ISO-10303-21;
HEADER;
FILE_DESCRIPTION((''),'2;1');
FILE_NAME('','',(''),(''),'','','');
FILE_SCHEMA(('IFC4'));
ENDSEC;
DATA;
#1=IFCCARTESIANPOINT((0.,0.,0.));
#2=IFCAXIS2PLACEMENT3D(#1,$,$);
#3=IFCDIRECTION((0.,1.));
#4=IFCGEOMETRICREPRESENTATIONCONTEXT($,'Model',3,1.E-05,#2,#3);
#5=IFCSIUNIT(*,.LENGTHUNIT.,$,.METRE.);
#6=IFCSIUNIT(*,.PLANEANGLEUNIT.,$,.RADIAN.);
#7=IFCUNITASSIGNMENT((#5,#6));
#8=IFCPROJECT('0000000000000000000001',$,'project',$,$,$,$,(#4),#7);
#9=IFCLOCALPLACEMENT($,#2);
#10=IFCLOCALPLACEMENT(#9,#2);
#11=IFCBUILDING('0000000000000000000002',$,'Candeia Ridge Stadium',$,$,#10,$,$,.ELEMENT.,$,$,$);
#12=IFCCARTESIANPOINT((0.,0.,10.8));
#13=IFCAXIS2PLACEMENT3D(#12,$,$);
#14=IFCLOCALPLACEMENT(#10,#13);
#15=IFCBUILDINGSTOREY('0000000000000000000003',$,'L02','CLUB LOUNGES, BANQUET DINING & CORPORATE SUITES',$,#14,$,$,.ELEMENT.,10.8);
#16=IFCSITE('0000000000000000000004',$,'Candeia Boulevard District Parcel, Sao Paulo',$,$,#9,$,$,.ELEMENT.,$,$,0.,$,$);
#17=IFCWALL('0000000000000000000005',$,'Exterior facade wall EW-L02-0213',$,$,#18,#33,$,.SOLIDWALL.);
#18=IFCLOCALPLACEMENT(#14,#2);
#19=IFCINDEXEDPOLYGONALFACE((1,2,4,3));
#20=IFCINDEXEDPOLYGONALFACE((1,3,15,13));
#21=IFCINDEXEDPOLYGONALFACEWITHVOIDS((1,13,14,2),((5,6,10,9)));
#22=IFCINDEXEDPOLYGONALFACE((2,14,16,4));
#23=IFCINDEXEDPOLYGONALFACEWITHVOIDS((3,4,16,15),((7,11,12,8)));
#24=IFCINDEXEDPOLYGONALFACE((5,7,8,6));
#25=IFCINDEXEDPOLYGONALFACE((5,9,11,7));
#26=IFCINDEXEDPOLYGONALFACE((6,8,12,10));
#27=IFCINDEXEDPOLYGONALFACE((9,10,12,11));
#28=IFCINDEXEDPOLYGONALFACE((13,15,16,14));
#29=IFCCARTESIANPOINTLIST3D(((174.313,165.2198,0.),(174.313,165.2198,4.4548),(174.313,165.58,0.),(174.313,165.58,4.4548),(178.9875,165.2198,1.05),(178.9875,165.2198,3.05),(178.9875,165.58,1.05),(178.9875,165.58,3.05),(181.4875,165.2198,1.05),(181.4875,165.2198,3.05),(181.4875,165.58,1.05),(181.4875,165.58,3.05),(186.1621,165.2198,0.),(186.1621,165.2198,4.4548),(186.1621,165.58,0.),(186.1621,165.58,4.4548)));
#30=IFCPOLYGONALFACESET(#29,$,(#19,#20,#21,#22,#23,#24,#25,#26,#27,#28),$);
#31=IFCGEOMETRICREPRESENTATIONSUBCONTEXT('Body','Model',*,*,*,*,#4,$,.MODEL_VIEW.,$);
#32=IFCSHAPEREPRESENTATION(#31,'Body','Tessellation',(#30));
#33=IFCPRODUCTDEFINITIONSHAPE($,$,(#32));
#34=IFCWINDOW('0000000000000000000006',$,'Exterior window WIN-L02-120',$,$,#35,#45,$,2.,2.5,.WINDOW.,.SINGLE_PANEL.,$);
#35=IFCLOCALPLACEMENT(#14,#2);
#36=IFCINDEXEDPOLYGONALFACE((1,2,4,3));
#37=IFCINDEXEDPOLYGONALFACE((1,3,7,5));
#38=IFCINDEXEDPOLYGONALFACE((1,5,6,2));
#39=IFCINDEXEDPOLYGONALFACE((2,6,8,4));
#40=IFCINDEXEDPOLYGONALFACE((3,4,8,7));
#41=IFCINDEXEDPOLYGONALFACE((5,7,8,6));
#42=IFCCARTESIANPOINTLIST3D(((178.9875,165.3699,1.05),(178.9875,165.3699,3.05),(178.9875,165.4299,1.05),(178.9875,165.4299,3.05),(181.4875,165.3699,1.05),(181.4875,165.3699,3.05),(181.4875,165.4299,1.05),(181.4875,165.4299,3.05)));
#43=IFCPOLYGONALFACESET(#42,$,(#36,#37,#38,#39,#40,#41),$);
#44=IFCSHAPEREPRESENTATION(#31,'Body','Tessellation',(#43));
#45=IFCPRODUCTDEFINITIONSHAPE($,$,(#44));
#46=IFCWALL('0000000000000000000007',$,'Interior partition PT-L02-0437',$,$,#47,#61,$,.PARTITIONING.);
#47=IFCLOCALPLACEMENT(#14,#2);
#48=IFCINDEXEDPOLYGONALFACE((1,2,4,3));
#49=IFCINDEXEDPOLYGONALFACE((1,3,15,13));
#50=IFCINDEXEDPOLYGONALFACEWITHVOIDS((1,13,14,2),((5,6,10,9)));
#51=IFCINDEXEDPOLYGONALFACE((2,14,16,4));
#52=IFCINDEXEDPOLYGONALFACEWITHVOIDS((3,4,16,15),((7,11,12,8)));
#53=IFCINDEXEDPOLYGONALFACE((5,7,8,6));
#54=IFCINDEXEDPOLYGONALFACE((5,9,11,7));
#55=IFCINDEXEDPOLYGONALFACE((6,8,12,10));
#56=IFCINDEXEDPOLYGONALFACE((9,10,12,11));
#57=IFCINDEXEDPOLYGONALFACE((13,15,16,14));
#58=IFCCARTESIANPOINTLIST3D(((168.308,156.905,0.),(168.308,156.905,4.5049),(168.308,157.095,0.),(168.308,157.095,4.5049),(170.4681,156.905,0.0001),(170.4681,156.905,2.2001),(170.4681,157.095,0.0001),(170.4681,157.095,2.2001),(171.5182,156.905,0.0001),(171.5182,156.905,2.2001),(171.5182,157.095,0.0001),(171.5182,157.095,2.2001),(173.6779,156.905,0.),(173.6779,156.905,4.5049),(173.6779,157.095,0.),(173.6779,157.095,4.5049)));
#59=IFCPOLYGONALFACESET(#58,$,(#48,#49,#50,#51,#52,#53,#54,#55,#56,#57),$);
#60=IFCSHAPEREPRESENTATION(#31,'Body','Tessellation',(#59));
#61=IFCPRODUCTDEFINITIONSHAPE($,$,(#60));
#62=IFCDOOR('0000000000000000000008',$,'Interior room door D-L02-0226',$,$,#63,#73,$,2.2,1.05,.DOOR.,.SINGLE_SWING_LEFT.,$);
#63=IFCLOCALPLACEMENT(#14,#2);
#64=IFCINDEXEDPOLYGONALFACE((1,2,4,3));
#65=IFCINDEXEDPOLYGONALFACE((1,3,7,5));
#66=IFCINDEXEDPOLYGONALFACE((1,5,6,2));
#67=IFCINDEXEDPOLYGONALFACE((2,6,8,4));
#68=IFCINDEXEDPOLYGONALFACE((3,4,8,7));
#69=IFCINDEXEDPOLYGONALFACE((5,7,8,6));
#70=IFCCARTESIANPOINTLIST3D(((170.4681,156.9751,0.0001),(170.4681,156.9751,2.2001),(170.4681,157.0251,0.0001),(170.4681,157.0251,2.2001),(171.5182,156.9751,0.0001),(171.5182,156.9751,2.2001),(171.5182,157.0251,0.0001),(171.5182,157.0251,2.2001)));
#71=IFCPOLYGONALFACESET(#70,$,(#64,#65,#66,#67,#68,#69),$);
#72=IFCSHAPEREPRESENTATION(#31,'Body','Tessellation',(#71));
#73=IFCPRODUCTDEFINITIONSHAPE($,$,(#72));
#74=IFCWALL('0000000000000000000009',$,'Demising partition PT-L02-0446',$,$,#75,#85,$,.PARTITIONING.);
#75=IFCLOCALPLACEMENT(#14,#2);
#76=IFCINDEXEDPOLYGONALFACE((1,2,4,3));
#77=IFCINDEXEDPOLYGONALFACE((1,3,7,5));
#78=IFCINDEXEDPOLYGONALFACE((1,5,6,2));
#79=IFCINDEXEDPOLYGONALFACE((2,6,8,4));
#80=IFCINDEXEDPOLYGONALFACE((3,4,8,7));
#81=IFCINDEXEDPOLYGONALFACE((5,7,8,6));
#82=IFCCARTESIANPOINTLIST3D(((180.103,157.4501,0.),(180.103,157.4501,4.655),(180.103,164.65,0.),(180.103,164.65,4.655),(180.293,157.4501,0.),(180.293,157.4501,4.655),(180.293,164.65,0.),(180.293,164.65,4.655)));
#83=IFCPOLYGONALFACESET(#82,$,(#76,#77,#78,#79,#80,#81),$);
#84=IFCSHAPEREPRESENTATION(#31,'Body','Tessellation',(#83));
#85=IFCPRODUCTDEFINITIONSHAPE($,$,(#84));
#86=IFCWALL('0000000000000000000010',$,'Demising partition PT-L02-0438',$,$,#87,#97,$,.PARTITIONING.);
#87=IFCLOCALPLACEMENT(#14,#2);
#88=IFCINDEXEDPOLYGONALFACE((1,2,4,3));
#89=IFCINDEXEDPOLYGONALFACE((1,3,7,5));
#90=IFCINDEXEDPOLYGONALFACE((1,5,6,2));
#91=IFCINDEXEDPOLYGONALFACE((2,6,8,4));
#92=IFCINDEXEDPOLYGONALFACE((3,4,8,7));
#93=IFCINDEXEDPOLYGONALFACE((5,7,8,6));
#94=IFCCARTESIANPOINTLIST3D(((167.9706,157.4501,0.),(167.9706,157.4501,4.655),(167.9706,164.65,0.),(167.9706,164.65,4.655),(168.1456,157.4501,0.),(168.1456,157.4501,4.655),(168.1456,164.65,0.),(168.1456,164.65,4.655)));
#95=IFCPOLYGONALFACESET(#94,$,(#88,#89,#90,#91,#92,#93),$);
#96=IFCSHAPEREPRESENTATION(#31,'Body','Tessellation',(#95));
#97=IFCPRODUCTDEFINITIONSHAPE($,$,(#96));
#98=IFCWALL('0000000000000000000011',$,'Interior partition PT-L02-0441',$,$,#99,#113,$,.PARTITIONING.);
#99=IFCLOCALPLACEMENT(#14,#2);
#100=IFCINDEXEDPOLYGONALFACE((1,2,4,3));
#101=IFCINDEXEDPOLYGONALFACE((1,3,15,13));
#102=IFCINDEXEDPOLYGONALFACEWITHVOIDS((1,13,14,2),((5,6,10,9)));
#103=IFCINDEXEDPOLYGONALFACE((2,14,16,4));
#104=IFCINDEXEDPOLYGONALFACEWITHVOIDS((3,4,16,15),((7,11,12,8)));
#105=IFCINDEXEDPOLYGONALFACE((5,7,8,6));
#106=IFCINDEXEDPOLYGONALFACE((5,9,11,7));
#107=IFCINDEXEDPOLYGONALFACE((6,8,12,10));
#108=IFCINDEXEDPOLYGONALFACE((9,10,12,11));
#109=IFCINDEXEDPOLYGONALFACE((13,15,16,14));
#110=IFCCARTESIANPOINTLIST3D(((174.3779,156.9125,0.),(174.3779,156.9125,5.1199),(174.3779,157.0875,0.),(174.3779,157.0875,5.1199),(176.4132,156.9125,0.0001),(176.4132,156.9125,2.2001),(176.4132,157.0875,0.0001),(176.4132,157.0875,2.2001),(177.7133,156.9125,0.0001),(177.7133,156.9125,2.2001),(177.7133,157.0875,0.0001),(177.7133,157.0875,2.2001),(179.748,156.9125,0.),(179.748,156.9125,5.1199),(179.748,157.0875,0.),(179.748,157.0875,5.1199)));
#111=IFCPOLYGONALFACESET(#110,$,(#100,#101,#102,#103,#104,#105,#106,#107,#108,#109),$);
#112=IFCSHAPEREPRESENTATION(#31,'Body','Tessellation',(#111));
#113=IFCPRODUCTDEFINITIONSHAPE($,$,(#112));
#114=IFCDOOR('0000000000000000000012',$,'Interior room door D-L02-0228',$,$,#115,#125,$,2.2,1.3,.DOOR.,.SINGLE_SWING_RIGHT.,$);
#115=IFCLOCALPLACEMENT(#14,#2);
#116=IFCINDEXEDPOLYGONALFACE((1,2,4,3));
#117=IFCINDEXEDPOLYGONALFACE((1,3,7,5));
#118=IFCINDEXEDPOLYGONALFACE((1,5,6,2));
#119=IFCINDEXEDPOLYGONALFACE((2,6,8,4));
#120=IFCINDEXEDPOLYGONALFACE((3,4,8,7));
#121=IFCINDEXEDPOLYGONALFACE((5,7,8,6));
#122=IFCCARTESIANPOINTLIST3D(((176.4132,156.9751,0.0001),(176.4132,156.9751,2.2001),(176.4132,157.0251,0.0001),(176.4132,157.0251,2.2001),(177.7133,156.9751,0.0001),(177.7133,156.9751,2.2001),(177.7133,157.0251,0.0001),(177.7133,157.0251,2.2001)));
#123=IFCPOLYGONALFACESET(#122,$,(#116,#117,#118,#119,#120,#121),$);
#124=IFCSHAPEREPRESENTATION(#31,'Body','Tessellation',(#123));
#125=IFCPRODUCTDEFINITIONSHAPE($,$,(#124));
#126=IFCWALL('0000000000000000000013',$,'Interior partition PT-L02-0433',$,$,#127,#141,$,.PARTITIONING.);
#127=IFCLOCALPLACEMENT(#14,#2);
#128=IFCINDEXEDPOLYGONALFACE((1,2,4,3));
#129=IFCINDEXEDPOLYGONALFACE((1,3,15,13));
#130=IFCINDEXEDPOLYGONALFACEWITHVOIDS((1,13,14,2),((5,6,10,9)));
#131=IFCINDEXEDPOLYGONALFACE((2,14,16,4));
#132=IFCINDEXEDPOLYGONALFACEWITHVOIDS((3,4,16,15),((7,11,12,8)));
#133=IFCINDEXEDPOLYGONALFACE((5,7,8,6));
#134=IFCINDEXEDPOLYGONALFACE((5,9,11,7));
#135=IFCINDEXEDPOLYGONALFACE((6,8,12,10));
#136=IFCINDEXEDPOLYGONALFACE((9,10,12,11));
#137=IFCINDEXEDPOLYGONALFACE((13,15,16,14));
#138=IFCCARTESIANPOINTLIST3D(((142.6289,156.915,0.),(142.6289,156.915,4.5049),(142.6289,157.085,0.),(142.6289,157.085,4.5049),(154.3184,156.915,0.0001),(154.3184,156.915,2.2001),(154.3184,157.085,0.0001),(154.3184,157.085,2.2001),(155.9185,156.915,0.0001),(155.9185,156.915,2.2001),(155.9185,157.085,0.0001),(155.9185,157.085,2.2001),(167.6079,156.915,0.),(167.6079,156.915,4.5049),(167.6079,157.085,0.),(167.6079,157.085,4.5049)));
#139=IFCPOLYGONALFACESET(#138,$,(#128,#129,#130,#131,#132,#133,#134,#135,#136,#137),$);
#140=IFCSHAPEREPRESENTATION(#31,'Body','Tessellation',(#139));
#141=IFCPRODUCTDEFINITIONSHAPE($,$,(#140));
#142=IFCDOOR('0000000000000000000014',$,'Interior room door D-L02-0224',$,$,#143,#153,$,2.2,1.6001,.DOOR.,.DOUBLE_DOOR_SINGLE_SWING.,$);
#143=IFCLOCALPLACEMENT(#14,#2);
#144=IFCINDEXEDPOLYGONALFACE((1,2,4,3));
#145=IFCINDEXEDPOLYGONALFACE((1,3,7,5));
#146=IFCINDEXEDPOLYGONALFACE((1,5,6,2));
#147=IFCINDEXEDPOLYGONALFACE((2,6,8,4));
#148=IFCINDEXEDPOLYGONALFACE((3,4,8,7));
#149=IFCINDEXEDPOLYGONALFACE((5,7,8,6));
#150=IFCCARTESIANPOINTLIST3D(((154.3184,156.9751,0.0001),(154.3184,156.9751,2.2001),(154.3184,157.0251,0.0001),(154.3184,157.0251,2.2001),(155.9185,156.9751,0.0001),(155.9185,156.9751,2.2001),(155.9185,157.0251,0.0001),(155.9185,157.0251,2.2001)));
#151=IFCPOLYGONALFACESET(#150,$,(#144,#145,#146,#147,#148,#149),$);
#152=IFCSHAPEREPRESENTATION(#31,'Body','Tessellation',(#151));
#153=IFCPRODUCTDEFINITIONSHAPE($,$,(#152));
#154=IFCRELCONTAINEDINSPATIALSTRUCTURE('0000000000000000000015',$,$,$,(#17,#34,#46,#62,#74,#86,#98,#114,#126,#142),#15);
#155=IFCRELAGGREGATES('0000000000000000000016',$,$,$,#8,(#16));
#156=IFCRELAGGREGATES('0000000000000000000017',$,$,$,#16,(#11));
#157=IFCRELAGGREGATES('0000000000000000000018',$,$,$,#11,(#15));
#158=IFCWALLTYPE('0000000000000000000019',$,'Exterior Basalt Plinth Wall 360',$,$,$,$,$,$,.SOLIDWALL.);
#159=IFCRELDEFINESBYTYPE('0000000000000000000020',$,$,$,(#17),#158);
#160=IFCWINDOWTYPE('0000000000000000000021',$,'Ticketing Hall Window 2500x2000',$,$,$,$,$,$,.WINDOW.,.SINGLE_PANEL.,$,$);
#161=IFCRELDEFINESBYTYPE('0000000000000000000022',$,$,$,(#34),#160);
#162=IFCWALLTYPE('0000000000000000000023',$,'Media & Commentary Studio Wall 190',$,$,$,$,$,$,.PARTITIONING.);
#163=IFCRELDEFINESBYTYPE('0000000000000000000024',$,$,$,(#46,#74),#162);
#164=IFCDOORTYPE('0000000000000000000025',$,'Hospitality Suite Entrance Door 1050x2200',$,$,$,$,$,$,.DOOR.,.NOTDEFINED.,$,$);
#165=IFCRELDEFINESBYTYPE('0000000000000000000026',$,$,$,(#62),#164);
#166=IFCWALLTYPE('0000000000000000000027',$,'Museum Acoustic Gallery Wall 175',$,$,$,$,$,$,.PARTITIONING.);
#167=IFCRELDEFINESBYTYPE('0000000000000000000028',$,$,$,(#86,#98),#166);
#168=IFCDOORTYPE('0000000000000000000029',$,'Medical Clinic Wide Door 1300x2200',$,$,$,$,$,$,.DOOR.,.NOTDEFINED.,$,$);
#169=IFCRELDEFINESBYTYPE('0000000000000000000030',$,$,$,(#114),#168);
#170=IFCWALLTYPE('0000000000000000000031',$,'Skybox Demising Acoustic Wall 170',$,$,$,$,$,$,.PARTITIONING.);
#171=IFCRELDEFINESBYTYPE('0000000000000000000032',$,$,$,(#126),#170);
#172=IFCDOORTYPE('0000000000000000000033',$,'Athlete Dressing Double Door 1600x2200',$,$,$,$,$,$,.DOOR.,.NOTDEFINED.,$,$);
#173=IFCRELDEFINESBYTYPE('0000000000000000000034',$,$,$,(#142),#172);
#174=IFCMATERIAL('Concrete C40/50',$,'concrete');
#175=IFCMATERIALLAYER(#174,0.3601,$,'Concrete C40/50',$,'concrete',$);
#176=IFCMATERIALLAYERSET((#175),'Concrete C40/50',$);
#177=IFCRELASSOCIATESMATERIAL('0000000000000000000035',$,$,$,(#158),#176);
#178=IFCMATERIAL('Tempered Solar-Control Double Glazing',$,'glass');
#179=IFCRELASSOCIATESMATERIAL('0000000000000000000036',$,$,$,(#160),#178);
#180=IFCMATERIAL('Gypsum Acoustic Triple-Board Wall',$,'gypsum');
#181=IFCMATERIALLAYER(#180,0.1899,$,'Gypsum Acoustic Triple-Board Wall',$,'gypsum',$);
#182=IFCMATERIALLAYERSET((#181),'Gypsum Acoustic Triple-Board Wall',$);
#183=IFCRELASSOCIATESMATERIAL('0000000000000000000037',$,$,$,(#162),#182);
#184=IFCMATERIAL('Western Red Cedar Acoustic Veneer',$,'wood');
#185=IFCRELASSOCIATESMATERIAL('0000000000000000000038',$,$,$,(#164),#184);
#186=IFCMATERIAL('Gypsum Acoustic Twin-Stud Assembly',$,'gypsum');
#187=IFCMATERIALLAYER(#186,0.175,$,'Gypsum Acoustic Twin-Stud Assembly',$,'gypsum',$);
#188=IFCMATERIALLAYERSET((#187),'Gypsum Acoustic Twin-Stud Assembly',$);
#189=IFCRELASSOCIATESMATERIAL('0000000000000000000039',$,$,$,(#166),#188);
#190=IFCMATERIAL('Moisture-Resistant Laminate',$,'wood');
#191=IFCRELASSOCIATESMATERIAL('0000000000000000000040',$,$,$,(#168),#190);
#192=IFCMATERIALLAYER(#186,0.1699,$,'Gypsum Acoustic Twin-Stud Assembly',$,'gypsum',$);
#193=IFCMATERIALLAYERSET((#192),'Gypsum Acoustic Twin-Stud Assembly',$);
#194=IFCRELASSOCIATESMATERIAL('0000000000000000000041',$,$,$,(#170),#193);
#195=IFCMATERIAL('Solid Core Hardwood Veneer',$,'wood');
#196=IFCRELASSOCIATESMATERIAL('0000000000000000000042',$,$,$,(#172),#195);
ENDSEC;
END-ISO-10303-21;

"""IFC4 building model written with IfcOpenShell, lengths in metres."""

from ifc_helpers import new_model, si_unit, direction, frame, frame_2d, origin, place, context, subcontext, project, spatial, rectangle, extrude, material, layer, layer_set, type_object, element, fill, save


model = new_model("IFC4")

# Units and contexts
model_context = context("Model", 3, precision=1e-05, world=origin(), true_north=direction((0.0, 1.0)))
body_context = subcontext(model_context, "Body", "Model", "MODEL_VIEW")
ifc_project = project(units=[si_unit("LENGTHUNIT", "METRE"), si_unit("PLANEANGLEUNIT", "RADIAN")], contexts=[model_context])

# Site, building, storey
site_placement = place(None, origin())
site = spatial("IfcSite", under=ifc_project, at=site_placement, Name="Candeia Boulevard District Parcel, Sao Paulo", CompositionType="ELEMENT", RefElevation=0.0)
building_placement = place(site_placement, origin())
building = spatial("IfcBuilding", under=site, at=building_placement, Name="Candeia Ridge Stadium", CompositionType="ELEMENT")
storey_placement = place(building_placement, frame((0.0, 0.0, 10.8)))
storey = spatial("IfcBuildingStorey", under=building, at=storey_placement, Name="L02", Description="CLUB LOUNGES, BANQUET DINING & CORPORATE SUITES", CompositionType="ELEMENT", Elevation=10.8)

# Shared definitions
ifc_material_1 = material(Name="Concrete C40/50", Category="concrete")

# Wall, opening, window
ifc_layer_1 = layer(ifc_material_1, 0.3601, Name="Concrete C40/50", Category="concrete")
ifc_layer_set_1 = layer_set([ifc_layer_1], Name="Concrete C40/50")
wall_type_1 = type_object("IfcWallType", Name="Exterior Basalt Plinth Wall 360", PredefinedType="SOLIDWALL", material=ifc_layer_set_1)
wall_1_placement = place(storey_placement, frame((174.313, 165.3999, 0.0), z_axis=(0.0, 0.0, 1.0), x_axis=(1.0, 0.0, 0.0)))
wall_1 = element("IfcWall", 1, at=wall_1_placement, inside=storey, type_object=wall_type_1, Name="Exterior facade wall EW-L02-0213", PredefinedType="SOLIDWALL", context=body_context, shape_type="SweptSolid", body=[
    extrude(rectangle(XDim=11.8491, YDim=0.3601, at=frame_2d((5.9246, 0.0))), origin(), (0.0, 0.0, 1.0), 4.4548),
])
opening_1_placement = place(wall_1_placement, frame((4.6746, 0.0, 1.05)))
opening_1 = element("IfcOpeningElement", 2, at=opening_1_placement, cuts=wall_1, PredefinedType="OPENING", context=body_context, shape_type="SweptSolid", body=[
    extrude(rectangle(XDim=2.5, YDim=2.0, at=frame_2d((1.25, 1.0))), frame((0.0, 0.1899, 0.0), z_axis=(0.0, -1.0, 0.0), x_axis=(1.0, 0.0, 0.0)), (0.0, 0.0, 1.0), 0.3801),
])
ifc_material_2 = material(Name="Tempered Solar-Control Double Glazing", Category="glass")
window_type = type_object("IfcWindowType", Name="Ticketing Hall Window 2500x2000", PartitioningType="SINGLE_PANEL", PredefinedType="WINDOW", material=ifc_material_2)
window_placement = place(opening_1_placement, origin())
window = element("IfcWindow", 3, at=window_placement, inside=storey, type_object=window_type, Name="Exterior window WIN-L02-120", OverallHeight=2.0, OverallWidth=2.5, PartitioningType="SINGLE_PANEL", PredefinedType="WINDOW", context=body_context, shape_type="SweptSolid", body=[
    extrude(rectangle(XDim=2.5, YDim=2.0, at=frame_2d((1.25, 1.0))), frame((0.0, 0.03, 0.0), z_axis=(0.0, -1.0, 0.0), x_axis=(1.0, 0.0, 0.0)), (0.0, 0.0, 1.0), 0.0601),
])
fill(opening_1, window)

# Wall, opening, door
ifc_material_3 = material(Name="Gypsum Acoustic Triple-Board Wall", Category="gypsum")
ifc_layer_2 = layer(ifc_material_3, 0.1899, Name="Gypsum Acoustic Triple-Board Wall", Category="gypsum")
ifc_layer_set_2 = layer_set([ifc_layer_2], Name="Gypsum Acoustic Triple-Board Wall")
wall_type_2 = type_object("IfcWallType", Name="Media & Commentary Studio Wall 190", PredefinedType="PARTITIONING", material=ifc_layer_set_2)
wall_2_placement = place(storey_placement, frame((173.678, 157.0, 0.0), z_axis=(0.0, 0.0, 1.0), x_axis=(-1.0, 0.0, 0.0)))
wall_2 = element("IfcWall", 4, at=wall_2_placement, inside=storey, type_object=wall_type_2, Name="Interior partition PT-L02-0437", PredefinedType="PARTITIONING", context=body_context, shape_type="SweptSolid", body=[
    extrude(rectangle(XDim=5.3699, YDim=0.1899, at=frame_2d((2.6851, 0.0))), origin(), (0.0, 0.0, 1.0), 4.5049),
])
opening_2_placement = place(wall_2_placement, frame((2.1599, 0.0, 0.0)))
opening_2 = element("IfcOpeningElement", 5, at=opening_2_placement, cuts=wall_2, PredefinedType="OPENING", context=body_context, shape_type="SweptSolid", body=[
    extrude(rectangle(XDim=1.05, YDim=2.2, at=frame_2d((0.5249, 1.1001))), frame((0.0, 0.105, 0.0), z_axis=(0.0, -1.0, 0.0), x_axis=(1.0, 0.0, 0.0)), (0.0, 0.0, 1.0), 0.21),
])
ifc_material_4 = material(Name="Western Red Cedar Acoustic Veneer", Category="wood")
door_type_1 = type_object("IfcDoorType", Name="Hospitality Suite Entrance Door 1050x2200", OperationType="NOTDEFINED", PredefinedType="DOOR", material=ifc_material_4)
door_1_placement = place(opening_2_placement, origin())
door_1 = element("IfcDoor", 6, at=door_1_placement, inside=storey, type_object=door_type_1, Name="Interior room door D-L02-0226", OperationType="SINGLE_SWING_LEFT", OverallHeight=2.2, OverallWidth=1.05, PredefinedType="DOOR", context=body_context, shape_type="SweptSolid", body=[
    extrude(rectangle(XDim=1.05, YDim=2.2, at=frame_2d((0.5249, 1.1001))), frame((0.0, 0.0249, 0.0), z_axis=(0.0, -1.0, 0.0), x_axis=(1.0, 0.0, 0.0)), (0.0, 0.0, 1.0), 0.05),
])
fill(opening_2, door_1)

# Walls
wall_3_placement = place(storey_placement, frame((180.198, 157.45, 0.0), z_axis=(0.0, 0.0, 1.0), x_axis=(0.0, 1.0, 0.0)))
element("IfcWall", 7, at=wall_3_placement, inside=storey, type_object=wall_type_2, Name="Demising partition PT-L02-0446", PredefinedType="PARTITIONING", context=body_context, shape_type="SweptSolid", body=[
    extrude(rectangle(XDim=7.2, YDim=0.1899, at=frame_2d((3.6001, 0.0))), origin(), (0.0, 0.0, 1.0), 4.655),
])
ifc_material_5 = material(Name="Gypsum Acoustic Twin-Stud Assembly", Category="gypsum")
ifc_layer_3 = layer(ifc_material_5, 0.175, Name="Gypsum Acoustic Twin-Stud Assembly", Category="gypsum")
ifc_layer_set_3 = layer_set([ifc_layer_3], Name="Gypsum Acoustic Twin-Stud Assembly")
wall_type_3 = type_object("IfcWallType", Name="Museum Acoustic Gallery Wall 175", PredefinedType="PARTITIONING", material=ifc_layer_set_3)
wall_4_placement = place(storey_placement, frame((168.0581, 157.45, 0.0), z_axis=(0.0, 0.0, 1.0), x_axis=(0.0, 1.0, 0.0)))
element("IfcWall", 8, at=wall_4_placement, inside=storey, type_object=wall_type_3, Name="Demising partition PT-L02-0438", PredefinedType="PARTITIONING", context=body_context, shape_type="SweptSolid", body=[
    extrude(rectangle(XDim=7.2, YDim=0.175, at=frame_2d((3.6001, 0.0))), origin(), (0.0, 0.0, 1.0), 4.655),
])

# Walls, openings, doors
wall_5_placement = place(storey_placement, frame((179.748, 157.0, 0.0), z_axis=(0.0, 0.0, 1.0), x_axis=(-1.0, 0.0, 0.0)))
wall_5 = element("IfcWall", 9, at=wall_5_placement, inside=storey, type_object=wall_type_3, Name="Interior partition PT-L02-0441", PredefinedType="PARTITIONING", context=body_context, shape_type="SweptSolid", body=[
    extrude(rectangle(XDim=5.3701, YDim=0.175, at=frame_2d((2.6851, 0.0))), origin(), (0.0, 0.0, 1.0), 5.1199),
])
opening_3_placement = place(wall_5_placement, frame((2.0349, 0.0, 0.0)))
opening_3 = element("IfcOpeningElement", 10, at=opening_3_placement, cuts=wall_5, PredefinedType="OPENING", context=body_context, shape_type="SweptSolid", body=[
    extrude(rectangle(XDim=1.3, YDim=2.2, at=frame_2d((0.6499, 1.1001))), frame((0.0, 0.0974, 0.0), z_axis=(0.0, -1.0, 0.0), x_axis=(1.0, 0.0, 0.0)), (0.0, 0.0, 1.0), 0.1951),
])
ifc_material_6 = material(Name="Moisture-Resistant Laminate", Category="wood")
door_type_2 = type_object("IfcDoorType", Name="Medical Clinic Wide Door 1300x2200", OperationType="NOTDEFINED", PredefinedType="DOOR", material=ifc_material_6)
door_2_placement = place(opening_3_placement, origin())
door_2 = element("IfcDoor", 11, at=door_2_placement, inside=storey, type_object=door_type_2, Name="Interior room door D-L02-0228", OperationType="SINGLE_SWING_RIGHT", OverallHeight=2.2, OverallWidth=1.3, PredefinedType="DOOR", context=body_context, shape_type="SweptSolid", body=[
    extrude(rectangle(XDim=1.3, YDim=2.2, at=frame_2d((0.6499, 1.1001))), frame((0.0, 0.0249, 0.0), z_axis=(0.0, -1.0, 0.0), x_axis=(1.0, 0.0, 0.0)), (0.0, 0.0, 1.0), 0.05),
])
fill(opening_3, door_2)
ifc_layer_4 = layer(ifc_material_5, 0.1699, Name="Gypsum Acoustic Twin-Stud Assembly", Category="gypsum")
ifc_layer_set_4 = layer_set([ifc_layer_4], Name="Gypsum Acoustic Twin-Stud Assembly")
wall_type_4 = type_object("IfcWallType", Name="Skybox Demising Acoustic Wall 170", PredefinedType="PARTITIONING", material=ifc_layer_set_4)
wall_6_placement = place(storey_placement, frame((167.6079, 157.0, 0.0), z_axis=(0.0, 0.0, 1.0), x_axis=(-1.0, 0.0, 0.0)))
wall_6 = element("IfcWall", 12, at=wall_6_placement, inside=storey, type_object=wall_type_4, Name="Interior partition PT-L02-0433", PredefinedType="PARTITIONING", context=body_context, shape_type="SweptSolid", body=[
    extrude(rectangle(XDim=24.979, YDim=0.1699, at=frame_2d((12.4895, 0.0))), origin(), (0.0, 0.0, 1.0), 4.5049),
])
opening_4_placement = place(wall_6_placement, frame((11.6895, 0.0, 0.0)))
opening_4 = element("IfcOpeningElement", 13, at=opening_4_placement, cuts=wall_6, PredefinedType="OPENING", context=body_context, shape_type="SweptSolid", body=[
    extrude(rectangle(XDim=1.6001, YDim=2.2, at=frame_2d((0.8, 1.1001))), frame((0.0, 0.095, 0.0), z_axis=(0.0, -1.0, 0.0), x_axis=(1.0, 0.0, 0.0)), (0.0, 0.0, 1.0), 0.1899),
])
ifc_material_7 = material(Name="Solid Core Hardwood Veneer", Category="wood")
door_type_3 = type_object("IfcDoorType", Name="Athlete Dressing Double Door 1600x2200", OperationType="NOTDEFINED", PredefinedType="DOOR", material=ifc_material_7)
door_3_placement = place(opening_4_placement, origin())
door_3 = element("IfcDoor", 14, at=door_3_placement, inside=storey, type_object=door_type_3, Name="Interior room door D-L02-0224", OperationType="DOUBLE_DOOR_SINGLE_SWING", OverallHeight=2.2, OverallWidth=1.6001, PredefinedType="DOOR", context=body_context, shape_type="SweptSolid", body=[
    extrude(rectangle(XDim=1.6001, YDim=2.2, at=frame_2d((0.8, 1.1001))), frame((0.0, 0.0249, 0.0), z_axis=(0.0, -1.0, 0.0), x_axis=(1.0, 0.0, 0.0)), (0.0, 0.0, 1.0), 0.05),
])
fill(opening_4, door_3)

save(model, "model.ifc")
